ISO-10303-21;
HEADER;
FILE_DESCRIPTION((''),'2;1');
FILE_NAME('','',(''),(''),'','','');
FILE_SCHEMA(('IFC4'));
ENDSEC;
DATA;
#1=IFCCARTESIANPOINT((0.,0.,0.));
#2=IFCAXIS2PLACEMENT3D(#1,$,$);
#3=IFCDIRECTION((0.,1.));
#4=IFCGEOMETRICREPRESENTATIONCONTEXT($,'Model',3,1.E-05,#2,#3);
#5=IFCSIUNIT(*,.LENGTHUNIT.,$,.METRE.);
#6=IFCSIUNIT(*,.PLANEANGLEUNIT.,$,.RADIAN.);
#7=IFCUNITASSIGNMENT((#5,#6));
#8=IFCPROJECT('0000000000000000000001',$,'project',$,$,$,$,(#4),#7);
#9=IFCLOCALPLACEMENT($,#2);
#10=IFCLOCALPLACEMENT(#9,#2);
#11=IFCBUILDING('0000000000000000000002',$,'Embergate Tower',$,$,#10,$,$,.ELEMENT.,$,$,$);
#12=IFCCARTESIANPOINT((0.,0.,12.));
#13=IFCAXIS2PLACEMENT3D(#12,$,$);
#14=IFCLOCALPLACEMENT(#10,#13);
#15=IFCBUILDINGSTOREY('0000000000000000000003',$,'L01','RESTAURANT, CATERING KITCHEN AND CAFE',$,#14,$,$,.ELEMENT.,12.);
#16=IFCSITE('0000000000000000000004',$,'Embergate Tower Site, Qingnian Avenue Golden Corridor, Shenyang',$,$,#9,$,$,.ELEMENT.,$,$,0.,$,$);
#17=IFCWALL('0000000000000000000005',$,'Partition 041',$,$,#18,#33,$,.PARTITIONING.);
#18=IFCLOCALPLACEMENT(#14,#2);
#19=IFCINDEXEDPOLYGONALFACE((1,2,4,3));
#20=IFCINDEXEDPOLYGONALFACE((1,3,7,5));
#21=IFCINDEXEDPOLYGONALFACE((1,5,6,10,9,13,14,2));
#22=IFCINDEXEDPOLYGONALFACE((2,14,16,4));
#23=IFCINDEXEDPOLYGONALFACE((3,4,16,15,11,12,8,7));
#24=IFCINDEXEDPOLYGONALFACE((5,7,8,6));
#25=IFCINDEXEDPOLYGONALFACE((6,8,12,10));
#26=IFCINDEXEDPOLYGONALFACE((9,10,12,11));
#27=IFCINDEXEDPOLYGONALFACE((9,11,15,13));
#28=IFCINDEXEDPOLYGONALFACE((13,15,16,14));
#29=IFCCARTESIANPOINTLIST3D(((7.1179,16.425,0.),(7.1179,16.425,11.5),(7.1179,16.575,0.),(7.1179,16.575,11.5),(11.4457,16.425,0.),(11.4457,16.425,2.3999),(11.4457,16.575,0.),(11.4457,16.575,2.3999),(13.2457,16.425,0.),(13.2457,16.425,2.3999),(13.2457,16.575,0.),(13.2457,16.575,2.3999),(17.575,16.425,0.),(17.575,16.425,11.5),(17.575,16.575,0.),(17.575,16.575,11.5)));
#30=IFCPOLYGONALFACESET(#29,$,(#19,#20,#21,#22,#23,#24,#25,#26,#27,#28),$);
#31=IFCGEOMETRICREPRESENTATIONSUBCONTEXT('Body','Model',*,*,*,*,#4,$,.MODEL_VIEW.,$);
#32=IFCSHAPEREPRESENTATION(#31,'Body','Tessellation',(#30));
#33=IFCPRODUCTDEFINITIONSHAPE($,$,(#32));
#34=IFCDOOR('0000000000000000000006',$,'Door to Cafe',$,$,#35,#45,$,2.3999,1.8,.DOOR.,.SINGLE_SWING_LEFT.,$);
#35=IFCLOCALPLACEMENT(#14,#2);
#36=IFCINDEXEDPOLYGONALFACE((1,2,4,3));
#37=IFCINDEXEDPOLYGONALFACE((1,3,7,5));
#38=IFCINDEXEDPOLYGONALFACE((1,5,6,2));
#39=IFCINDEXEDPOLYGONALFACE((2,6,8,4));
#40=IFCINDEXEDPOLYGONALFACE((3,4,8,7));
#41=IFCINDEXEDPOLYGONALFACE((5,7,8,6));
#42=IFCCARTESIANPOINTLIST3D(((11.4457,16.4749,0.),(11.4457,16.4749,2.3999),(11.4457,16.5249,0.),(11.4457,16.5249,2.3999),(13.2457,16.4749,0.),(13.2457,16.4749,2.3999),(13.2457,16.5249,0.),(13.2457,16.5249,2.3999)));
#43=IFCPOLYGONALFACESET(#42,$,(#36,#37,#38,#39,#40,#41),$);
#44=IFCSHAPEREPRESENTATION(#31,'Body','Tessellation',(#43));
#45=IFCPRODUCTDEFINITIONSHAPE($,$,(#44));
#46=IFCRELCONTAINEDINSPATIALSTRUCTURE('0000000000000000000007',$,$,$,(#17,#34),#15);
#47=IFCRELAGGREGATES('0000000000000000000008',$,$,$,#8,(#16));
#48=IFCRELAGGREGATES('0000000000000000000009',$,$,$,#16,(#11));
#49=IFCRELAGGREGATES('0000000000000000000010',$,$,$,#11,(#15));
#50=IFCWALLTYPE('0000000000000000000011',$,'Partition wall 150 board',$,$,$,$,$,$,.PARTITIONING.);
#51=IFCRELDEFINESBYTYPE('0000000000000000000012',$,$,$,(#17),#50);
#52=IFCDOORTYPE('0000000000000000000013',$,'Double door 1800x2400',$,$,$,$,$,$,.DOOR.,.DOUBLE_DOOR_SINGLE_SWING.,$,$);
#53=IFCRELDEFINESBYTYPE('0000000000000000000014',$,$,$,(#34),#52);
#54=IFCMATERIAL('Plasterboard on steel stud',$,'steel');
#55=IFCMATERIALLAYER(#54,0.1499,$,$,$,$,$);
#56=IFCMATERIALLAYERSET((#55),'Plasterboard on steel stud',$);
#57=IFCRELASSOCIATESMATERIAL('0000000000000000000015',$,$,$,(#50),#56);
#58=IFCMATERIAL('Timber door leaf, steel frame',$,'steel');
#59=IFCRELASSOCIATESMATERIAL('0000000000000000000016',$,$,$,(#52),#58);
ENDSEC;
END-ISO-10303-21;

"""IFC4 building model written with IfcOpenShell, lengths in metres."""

from ifc_helpers import new_model, si_unit, direction, frame, frame_2d, origin, place, context, subcontext, project, spatial, rectangle, extrude, source, transform, mapped, material, layer, layer_set, type_object, element, fill, save


model = new_model("IFC4")

# Units and contexts
model_context = context("Model", 3, precision=1e-05, world=origin(), true_north=direction((0.0, 1.0)))
body_context = subcontext(model_context, "Body", "Model", "MODEL_VIEW")
ifc_project = project(units=[si_unit("LENGTHUNIT", "METRE"), si_unit("PLANEANGLEUNIT", "RADIAN")], contexts=[model_context])

# Site, building, storey
site_placement = place(None, origin())
site = spatial("IfcSite", under=ifc_project, at=site_placement, Name="Embergate Tower Site, Qingnian Avenue Golden Corridor, Shenyang", CompositionType="ELEMENT", RefElevation=0.0)
building_placement = place(site_placement, origin())
building = spatial("IfcBuilding", under=site, at=building_placement, Name="Embergate Tower", CompositionType="ELEMENT")
storey_placement = place(building_placement, frame((0.0, 0.0, 12.0)))
storey = spatial("IfcBuildingStorey", under=building, at=storey_placement, Name="L01", Description="RESTAURANT, CATERING KITCHEN AND CAFE", CompositionType="ELEMENT", Elevation=12.0)

# Shared definitions
ifc_material_1 = material(Name="Plasterboard on steel stud", Category="steel")
ifc_layer_1 = layer(ifc_material_1, 0.1499)
ifc_layer_set_1 = layer_set([ifc_layer_1], Name="Plasterboard on steel stud")
wall_type_1 = type_object("IfcWallType", Name="Partition wall 150 board", PredefinedType="PARTITIONING", material=ifc_layer_set_1)

# Wall, opening, door
shared_shape_1 = source(origin(), body_context, "Body", "SweptSolid", [
    extrude(rectangle(XDim=10.457, YDim=0.1499, at=frame_2d((5.2285, 0.0))), origin(), (0.0, 0.0, 1.0), 11.5),
])
wall_1_placement = place(storey_placement, frame((7.1179, 16.5, 0.0), z_axis=(0.0, 0.0, 1.0), x_axis=(1.0, 0.0, 0.0)))
wall_1 = element("IfcWall", 1, at=wall_1_placement, inside=storey, type_object=wall_type_1, Name="Partition 041", PredefinedType="PARTITIONING", context=body_context, shape_type="MappedRepresentation", body=[
    mapped(shared_shape_1, transform((0.0, 0.0, 0.0))),
])
shared_shape_2 = source(origin(), body_context, "Body", "SweptSolid", [
    extrude(rectangle(XDim=1.8, YDim=2.3999, at=frame_2d((0.8999, 1.2))), frame((0.0, 0.085, 0.0), z_axis=(0.0, -1.0, 0.0), x_axis=(1.0, 0.0, 0.0)), (0.0, 0.0, 1.0), 0.1699),
])
opening_placement = place(wall_1_placement, frame((4.3279, 0.0, 0.0)))
opening = element("IfcOpeningElement", 2, at=opening_placement, cuts=wall_1, PredefinedType="OPENING", context=body_context, shape_type="MappedRepresentation", body=[
    mapped(shared_shape_2, transform((0.0, 0.0, 0.0))),
])
ifc_material_2 = material(Name="Timber door leaf, steel frame", Category="steel")
door_type = type_object("IfcDoorType", Name="Double door 1800x2400", OperationType="DOUBLE_DOOR_SINGLE_SWING", PredefinedType="DOOR", material=ifc_material_2)
shared_shape_3 = source(origin(), body_context, "Body", "SweptSolid", [
    extrude(rectangle(XDim=1.8, YDim=2.3999, at=frame_2d((0.8999, 1.2))), frame((0.0, 0.0249, 0.0), z_axis=(0.0, -1.0, 0.0), x_axis=(1.0, 0.0, 0.0)), (0.0, 0.0, 1.0), 0.05),
])
door_placement = place(opening_placement, origin())
door = element("IfcDoor", 3, at=door_placement, inside=storey, type_object=door_type, Name="Door to Cafe", OperationType="SINGLE_SWING_LEFT", OverallHeight=2.3999, OverallWidth=1.8, PredefinedType="DOOR", context=body_context, shape_type="MappedRepresentation", body=[
    mapped(shared_shape_3, transform((0.0, 0.0, 0.0))),
])
fill(opening, door)

save(model, "model.ifc")
